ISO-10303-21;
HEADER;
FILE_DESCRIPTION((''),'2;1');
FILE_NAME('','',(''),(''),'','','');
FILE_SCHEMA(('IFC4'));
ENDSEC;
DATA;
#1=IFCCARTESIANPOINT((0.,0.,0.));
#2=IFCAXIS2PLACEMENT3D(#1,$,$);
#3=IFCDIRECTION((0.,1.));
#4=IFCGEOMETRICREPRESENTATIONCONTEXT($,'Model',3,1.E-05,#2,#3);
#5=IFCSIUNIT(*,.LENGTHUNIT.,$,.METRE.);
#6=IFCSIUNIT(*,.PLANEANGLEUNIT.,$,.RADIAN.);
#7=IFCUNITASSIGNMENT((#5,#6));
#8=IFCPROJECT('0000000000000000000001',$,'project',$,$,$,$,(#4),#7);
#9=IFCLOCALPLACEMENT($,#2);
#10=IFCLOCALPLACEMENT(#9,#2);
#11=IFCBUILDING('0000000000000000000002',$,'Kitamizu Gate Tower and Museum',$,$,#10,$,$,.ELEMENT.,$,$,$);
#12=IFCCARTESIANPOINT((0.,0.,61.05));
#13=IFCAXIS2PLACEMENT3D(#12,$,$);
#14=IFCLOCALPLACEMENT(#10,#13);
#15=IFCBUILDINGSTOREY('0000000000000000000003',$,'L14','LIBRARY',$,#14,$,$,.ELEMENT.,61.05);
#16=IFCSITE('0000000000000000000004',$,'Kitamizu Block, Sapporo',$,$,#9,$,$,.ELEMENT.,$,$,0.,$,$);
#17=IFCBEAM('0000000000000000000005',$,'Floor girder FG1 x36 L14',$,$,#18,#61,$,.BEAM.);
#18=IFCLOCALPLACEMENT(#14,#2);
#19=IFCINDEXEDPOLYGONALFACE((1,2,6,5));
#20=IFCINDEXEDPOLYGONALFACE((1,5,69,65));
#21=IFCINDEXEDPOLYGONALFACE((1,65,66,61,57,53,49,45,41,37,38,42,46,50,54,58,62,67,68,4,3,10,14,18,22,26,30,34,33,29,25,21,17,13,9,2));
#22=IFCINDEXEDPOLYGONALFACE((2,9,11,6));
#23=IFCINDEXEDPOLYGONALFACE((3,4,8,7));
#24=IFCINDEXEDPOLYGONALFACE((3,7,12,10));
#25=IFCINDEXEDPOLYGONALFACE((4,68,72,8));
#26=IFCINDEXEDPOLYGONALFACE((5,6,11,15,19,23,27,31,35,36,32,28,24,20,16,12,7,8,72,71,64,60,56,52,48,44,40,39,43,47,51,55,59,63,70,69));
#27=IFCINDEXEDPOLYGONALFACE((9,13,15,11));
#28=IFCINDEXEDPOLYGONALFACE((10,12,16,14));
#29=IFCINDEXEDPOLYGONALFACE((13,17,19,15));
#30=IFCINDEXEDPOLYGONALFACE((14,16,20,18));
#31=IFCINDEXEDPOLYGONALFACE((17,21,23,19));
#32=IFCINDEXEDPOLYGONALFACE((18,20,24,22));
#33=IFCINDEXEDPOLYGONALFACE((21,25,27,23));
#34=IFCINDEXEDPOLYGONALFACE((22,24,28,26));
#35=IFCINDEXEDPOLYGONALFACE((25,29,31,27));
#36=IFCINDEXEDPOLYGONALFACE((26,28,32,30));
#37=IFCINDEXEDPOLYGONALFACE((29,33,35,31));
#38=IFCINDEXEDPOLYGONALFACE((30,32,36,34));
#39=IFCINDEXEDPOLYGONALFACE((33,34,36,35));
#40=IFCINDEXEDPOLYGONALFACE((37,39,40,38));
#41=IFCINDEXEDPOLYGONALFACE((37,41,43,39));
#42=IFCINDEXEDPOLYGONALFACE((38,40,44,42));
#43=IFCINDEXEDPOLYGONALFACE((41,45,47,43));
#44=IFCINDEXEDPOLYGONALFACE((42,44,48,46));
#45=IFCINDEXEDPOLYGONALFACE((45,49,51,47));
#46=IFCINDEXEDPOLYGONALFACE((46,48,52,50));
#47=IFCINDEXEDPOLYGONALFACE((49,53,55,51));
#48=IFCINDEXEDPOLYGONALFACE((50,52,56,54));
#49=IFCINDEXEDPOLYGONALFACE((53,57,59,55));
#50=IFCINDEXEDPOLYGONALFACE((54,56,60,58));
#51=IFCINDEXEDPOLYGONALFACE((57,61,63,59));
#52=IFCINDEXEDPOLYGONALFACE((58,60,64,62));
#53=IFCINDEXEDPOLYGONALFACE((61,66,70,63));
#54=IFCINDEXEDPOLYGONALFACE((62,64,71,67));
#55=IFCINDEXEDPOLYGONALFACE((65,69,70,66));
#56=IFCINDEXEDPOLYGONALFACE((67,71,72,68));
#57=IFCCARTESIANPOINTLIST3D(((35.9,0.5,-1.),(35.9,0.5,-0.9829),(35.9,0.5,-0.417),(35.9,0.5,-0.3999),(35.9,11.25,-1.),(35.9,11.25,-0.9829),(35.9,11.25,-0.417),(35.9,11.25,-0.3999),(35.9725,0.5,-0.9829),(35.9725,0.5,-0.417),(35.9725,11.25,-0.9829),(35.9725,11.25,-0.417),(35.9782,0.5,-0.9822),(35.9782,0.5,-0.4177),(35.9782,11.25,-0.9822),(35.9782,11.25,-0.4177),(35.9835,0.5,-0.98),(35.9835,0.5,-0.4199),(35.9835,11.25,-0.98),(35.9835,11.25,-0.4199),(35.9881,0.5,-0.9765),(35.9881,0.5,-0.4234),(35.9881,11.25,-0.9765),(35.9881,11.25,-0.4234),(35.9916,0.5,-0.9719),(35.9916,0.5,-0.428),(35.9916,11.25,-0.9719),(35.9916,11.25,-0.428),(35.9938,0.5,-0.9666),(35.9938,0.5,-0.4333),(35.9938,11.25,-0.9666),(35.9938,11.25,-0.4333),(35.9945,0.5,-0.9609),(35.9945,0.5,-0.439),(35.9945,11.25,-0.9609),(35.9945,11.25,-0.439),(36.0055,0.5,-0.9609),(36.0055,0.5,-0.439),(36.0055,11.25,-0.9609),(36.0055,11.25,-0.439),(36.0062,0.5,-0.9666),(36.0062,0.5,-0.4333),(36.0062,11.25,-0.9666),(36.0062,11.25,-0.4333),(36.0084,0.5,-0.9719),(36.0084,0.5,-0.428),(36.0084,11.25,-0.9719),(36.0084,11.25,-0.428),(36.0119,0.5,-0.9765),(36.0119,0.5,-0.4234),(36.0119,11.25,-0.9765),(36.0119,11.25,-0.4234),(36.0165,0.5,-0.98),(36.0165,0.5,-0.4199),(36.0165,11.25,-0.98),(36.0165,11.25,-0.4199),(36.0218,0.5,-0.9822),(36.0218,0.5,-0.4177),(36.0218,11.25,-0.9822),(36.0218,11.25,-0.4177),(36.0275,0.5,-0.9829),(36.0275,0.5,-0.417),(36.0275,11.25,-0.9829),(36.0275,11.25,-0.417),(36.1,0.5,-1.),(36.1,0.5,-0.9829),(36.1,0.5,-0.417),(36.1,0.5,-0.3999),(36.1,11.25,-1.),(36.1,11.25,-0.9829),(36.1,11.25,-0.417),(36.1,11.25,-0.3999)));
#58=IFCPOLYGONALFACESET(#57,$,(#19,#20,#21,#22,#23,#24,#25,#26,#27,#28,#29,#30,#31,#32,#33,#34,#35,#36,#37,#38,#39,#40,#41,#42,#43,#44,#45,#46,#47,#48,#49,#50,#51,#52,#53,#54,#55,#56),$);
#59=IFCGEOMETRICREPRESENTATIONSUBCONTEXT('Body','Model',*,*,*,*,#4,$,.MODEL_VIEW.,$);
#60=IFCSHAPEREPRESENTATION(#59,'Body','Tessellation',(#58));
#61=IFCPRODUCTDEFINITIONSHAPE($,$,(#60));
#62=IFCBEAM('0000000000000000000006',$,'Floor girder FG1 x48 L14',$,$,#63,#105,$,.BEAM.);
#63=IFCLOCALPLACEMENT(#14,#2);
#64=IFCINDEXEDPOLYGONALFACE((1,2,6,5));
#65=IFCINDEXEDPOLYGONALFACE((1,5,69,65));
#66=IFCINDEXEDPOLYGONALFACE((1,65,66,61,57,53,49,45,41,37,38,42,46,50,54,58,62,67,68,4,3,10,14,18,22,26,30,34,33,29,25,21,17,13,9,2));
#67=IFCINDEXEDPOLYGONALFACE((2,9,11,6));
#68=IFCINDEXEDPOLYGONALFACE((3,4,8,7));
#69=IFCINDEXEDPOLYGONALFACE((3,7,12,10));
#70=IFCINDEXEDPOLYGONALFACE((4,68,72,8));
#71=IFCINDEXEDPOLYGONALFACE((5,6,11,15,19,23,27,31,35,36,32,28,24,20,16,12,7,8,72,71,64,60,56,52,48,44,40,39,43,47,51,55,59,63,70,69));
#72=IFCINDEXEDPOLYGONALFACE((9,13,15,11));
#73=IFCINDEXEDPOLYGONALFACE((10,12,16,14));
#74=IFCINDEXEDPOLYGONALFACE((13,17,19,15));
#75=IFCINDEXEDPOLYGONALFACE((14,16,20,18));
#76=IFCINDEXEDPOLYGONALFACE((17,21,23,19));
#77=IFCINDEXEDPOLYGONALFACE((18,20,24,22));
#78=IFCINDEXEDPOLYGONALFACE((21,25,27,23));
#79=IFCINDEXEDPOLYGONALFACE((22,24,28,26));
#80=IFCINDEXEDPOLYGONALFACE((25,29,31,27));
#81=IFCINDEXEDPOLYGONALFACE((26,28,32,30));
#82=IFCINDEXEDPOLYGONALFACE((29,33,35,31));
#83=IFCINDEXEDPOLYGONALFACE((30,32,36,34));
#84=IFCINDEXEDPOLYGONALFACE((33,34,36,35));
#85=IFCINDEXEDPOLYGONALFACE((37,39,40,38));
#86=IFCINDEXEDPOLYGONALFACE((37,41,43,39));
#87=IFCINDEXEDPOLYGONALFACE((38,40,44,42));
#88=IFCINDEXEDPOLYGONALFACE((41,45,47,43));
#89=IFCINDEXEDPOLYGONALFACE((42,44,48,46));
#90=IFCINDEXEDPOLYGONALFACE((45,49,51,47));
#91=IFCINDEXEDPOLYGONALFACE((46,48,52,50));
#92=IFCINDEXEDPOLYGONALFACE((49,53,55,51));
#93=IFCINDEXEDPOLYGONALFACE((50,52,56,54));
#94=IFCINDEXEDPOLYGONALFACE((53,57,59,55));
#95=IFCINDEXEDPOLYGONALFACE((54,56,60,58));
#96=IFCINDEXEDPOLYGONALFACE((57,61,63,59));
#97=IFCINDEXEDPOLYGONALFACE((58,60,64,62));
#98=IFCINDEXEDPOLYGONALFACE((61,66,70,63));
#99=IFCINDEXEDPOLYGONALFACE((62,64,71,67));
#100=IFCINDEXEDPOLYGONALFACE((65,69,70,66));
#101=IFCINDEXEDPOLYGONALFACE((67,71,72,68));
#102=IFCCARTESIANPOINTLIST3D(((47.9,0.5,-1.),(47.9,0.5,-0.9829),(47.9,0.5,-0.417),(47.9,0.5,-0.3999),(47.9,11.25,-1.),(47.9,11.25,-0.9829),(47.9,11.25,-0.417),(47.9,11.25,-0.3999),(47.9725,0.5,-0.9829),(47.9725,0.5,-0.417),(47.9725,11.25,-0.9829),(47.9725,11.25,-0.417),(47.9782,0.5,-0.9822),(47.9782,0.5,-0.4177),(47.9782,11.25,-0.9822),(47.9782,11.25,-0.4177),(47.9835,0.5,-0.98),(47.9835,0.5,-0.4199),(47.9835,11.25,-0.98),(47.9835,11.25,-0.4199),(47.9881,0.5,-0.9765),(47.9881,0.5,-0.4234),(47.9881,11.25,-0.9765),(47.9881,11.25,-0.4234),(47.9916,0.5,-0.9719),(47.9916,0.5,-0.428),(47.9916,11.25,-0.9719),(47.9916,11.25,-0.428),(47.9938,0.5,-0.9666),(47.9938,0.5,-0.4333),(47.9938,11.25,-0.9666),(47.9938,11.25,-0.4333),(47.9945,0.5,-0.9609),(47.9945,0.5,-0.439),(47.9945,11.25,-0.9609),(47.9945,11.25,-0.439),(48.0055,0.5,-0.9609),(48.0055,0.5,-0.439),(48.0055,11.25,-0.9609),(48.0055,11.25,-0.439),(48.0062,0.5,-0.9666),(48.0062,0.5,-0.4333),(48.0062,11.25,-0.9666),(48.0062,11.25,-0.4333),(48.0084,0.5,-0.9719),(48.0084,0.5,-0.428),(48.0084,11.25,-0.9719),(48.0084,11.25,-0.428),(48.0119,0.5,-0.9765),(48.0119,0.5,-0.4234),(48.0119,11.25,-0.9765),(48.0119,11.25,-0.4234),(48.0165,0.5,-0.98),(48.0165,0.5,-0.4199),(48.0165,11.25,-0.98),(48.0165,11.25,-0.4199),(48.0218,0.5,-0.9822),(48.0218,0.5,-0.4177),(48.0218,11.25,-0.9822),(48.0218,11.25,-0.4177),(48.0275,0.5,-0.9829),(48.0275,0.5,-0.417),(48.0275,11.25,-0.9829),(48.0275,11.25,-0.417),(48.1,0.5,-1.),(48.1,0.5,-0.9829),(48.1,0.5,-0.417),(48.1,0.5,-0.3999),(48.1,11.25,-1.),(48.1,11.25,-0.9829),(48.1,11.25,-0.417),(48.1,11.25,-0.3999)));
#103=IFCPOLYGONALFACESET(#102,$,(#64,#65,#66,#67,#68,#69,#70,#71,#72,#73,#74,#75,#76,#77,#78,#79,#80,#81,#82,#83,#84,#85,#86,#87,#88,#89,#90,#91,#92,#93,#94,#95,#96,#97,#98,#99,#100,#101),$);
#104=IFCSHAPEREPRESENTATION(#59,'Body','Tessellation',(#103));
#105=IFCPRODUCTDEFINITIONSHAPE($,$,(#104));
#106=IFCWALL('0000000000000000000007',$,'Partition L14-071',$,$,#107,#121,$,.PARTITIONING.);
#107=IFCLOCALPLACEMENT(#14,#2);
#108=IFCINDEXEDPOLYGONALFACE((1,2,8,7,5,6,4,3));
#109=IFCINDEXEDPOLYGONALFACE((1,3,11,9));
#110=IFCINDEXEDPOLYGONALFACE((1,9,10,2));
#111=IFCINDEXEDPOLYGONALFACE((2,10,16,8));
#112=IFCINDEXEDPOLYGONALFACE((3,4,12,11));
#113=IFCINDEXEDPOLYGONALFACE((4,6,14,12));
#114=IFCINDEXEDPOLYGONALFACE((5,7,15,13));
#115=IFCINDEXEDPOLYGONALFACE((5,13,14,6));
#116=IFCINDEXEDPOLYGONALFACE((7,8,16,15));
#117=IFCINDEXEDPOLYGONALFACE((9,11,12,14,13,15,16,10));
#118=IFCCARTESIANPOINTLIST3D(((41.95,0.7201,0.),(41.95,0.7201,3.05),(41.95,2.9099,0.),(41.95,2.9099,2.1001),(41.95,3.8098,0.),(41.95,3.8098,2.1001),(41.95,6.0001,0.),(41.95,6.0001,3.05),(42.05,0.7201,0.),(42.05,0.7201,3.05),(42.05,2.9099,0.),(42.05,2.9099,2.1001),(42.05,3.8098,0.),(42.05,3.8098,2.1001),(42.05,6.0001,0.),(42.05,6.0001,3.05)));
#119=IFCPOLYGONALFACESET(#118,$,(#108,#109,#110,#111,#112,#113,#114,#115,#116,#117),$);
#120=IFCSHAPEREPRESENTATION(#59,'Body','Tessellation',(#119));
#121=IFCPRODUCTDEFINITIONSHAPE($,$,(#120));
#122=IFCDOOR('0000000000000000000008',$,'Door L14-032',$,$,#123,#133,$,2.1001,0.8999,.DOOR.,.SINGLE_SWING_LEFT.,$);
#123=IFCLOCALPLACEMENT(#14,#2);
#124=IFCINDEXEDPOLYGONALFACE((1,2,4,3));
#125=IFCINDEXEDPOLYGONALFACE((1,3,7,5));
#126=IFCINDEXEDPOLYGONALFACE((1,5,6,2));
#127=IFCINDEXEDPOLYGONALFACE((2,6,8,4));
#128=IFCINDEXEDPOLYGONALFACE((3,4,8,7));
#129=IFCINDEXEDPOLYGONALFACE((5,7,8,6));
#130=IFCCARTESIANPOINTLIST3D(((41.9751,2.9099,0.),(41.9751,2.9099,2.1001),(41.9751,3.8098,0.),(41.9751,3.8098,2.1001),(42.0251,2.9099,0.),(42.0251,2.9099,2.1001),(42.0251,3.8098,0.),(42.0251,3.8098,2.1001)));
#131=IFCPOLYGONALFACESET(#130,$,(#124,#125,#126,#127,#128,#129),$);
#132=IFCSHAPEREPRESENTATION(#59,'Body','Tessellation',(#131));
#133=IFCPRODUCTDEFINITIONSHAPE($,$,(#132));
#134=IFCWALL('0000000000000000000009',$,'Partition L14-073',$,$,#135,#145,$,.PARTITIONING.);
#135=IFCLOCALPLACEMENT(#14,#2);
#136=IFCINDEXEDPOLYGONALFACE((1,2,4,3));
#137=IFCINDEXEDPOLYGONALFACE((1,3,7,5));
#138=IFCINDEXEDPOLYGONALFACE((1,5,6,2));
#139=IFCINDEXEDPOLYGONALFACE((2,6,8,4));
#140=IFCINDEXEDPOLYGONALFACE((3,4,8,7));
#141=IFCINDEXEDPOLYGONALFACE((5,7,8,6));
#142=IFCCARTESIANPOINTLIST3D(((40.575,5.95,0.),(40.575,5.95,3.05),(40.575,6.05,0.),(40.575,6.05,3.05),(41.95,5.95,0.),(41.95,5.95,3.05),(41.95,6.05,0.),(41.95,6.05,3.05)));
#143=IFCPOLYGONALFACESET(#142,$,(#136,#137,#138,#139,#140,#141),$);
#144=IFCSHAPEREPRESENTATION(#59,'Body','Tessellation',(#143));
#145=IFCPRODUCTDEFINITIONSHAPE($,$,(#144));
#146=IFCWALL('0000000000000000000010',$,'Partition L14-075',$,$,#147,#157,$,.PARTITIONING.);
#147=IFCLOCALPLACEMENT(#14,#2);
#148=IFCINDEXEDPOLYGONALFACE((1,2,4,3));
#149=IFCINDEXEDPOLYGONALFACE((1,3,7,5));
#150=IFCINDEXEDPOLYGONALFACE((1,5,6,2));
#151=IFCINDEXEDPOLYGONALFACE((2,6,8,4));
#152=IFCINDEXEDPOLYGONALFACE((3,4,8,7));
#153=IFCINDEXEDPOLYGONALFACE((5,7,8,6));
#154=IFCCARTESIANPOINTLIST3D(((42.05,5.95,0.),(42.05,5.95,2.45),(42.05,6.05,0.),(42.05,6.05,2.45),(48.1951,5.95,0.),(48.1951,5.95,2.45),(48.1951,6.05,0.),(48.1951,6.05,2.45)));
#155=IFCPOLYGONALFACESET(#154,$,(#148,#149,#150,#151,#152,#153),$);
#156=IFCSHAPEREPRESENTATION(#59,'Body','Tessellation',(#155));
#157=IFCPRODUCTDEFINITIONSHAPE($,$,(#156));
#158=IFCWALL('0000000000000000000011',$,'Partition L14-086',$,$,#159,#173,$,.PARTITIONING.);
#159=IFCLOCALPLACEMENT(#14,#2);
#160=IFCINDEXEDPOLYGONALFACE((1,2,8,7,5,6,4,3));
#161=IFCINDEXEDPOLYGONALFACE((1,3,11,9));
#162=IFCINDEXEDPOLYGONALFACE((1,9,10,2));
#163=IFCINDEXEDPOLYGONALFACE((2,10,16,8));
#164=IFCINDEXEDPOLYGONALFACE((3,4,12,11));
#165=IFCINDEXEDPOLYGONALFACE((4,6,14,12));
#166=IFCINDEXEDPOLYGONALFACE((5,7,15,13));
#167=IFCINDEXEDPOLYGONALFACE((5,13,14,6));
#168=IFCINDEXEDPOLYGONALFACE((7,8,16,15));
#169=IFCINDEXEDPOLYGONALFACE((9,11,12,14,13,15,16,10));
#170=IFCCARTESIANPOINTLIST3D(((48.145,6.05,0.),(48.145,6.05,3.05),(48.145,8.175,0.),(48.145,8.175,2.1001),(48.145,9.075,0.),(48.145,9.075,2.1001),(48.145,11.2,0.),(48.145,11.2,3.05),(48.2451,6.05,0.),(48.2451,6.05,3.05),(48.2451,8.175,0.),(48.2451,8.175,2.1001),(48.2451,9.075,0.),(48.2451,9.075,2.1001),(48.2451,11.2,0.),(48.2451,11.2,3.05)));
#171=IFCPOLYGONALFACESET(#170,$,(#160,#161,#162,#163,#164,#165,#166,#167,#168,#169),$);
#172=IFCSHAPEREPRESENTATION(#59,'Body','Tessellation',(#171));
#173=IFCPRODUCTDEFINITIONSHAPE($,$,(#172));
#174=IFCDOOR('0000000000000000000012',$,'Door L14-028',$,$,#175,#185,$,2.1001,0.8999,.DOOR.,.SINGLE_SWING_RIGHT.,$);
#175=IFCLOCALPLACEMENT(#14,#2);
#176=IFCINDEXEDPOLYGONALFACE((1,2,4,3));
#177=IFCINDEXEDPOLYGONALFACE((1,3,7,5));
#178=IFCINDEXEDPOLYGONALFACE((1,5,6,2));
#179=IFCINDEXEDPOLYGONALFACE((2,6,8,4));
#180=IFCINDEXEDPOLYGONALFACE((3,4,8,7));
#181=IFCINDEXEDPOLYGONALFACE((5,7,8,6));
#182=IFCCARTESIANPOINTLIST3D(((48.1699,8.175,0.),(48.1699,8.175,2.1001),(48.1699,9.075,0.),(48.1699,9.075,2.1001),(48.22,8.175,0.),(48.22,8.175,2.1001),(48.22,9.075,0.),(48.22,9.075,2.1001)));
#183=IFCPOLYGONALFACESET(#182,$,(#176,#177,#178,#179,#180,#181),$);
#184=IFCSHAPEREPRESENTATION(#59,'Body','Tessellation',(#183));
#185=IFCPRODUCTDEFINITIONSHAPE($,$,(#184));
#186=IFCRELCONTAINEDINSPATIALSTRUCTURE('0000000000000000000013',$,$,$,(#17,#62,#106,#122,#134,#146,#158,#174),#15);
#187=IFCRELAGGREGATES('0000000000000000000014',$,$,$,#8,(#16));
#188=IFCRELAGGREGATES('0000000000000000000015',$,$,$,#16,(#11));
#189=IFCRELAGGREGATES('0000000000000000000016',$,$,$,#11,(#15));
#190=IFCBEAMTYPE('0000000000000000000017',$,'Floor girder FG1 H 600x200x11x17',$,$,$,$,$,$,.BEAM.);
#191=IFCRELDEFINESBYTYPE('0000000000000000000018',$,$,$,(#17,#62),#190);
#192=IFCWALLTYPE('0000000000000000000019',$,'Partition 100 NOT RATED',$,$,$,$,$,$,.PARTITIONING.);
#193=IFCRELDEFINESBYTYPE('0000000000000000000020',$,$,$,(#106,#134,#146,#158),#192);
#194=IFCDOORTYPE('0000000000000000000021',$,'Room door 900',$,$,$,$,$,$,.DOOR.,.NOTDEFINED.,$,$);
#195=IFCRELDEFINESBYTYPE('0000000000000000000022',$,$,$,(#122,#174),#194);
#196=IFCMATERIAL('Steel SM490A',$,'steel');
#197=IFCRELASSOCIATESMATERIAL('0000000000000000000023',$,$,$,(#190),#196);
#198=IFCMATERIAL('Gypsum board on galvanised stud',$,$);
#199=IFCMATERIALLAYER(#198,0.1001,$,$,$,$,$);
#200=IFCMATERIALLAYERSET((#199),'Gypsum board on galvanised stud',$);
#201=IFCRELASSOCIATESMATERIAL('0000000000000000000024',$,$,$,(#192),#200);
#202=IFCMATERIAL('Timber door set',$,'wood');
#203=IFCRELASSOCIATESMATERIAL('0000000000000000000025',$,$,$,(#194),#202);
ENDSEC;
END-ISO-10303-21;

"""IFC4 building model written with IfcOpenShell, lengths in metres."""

from ifc_helpers import new_model, si_unit, direction, frame, frame_2d, origin, origin_2d, place, context, subcontext, project, spatial, rectangle, i_section, extrude, material, layer, layer_set, material_profile, profile_set, type_object, element, fill, save


model = new_model("IFC4")

# Units and contexts
model_context = context("Model", 3, precision=1e-05, world=origin(), true_north=direction((0.0, 1.0)))
body_context = subcontext(model_context, "Body", "Model", "MODEL_VIEW")
ifc_project = project(units=[si_unit("LENGTHUNIT", "METRE"), si_unit("PLANEANGLEUNIT", "RADIAN")], contexts=[model_context])

# Site, building, storey
site_placement = place(None, origin())
site = spatial("IfcSite", under=ifc_project, at=site_placement, Name="Kitamizu Block, Sapporo", CompositionType="ELEMENT", RefElevation=0.0)
building_placement = place(site_placement, origin())
building = spatial("IfcBuilding", under=site, at=building_placement, Name="Kitamizu Gate Tower and Museum", CompositionType="ELEMENT")
storey_placement = place(building_placement, frame((0.0, 0.0, 61.05)))
storey = spatial("IfcBuildingStorey", under=building, at=storey_placement, Name="L14", Description="LIBRARY", CompositionType="ELEMENT", Elevation=61.05)

# Beams
ifc_material_1 = material(Name="Steel SM490A", Category="steel")
ifc_material_profile_1 = material_profile(ifc_material_1, i_section(OverallWidth=0.2, OverallDepth=0.6001, WebThickness=0.011, FlangeThickness=0.0171, FilletRadius=0.022, at=origin_2d()), Name="H-600x200x11x17")
ifc_profile_set_1 = profile_set([ifc_material_profile_1], Name="Steel SM490A")
beam_type_1 = type_object("IfcBeamType", Name="Floor girder FG1 H 600x200x11x17", PredefinedType="BEAM", material=ifc_profile_set_1)
for number, where, z_axis, x_axis, name in (
    (1, (36.0, 0.5, -0.7), (0.0, 1.0, 0.0), (-1.0, 0.0, 0.0), "Floor girder FG1 x36 L14"),
    (2, (48.0, 0.5, -0.7), (0.0, 1.0, 0.0), (-1.0, 0.0, 0.0), "Floor girder FG1 x48 L14"),
):
    element("IfcBeam", number, at=place(storey_placement, frame(where, z_axis=z_axis, x_axis=x_axis)), inside=storey, type_object=beam_type_1, Name=name, PredefinedType="BEAM", context=body_context, shape_type="SweptSolid", body=[
        extrude(i_section(OverallWidth=0.2, OverallDepth=0.6001, WebThickness=0.011, FlangeThickness=0.0171, FilletRadius=0.022, at=origin_2d()), origin(), (0.0, 0.0, 1.0), 10.75),
    ])

# Wall, opening, door
ifc_material_2 = material(Name="Gypsum board on galvanised stud")
ifc_layer_1 = layer(ifc_material_2, 0.1001)
ifc_layer_set_1 = layer_set([ifc_layer_1], Name="Gypsum board on galvanised stud")
wall_type_1 = type_object("IfcWallType", Name="Partition 100 NOT RATED", PredefinedType="PARTITIONING", material=ifc_layer_set_1)
wall_1_placement = place(storey_placement, frame((42.0, 0.72, 0.0), z_axis=(0.0, 0.0, 1.0), x_axis=(0.0, 1.0, 0.0)))
wall_1 = element("IfcWall", 3, at=wall_1_placement, inside=storey, type_object=wall_type_1, Name="Partition L14-071", PredefinedType="PARTITIONING", context=body_context, shape_type="SweptSolid", body=[
    extrude(rectangle(XDim=5.28, YDim=0.1001, at=frame_2d((2.6401, 0.0))), origin(), (0.0, 0.0, 1.0), 3.05),
])
opening_1_placement = place(wall_1_placement, frame((2.1899, 0.0, 0.0)))
opening_1 = element("IfcOpeningElement", 4, at=opening_1_placement, cuts=wall_1, PredefinedType="OPENING", context=body_context, shape_type="SweptSolid", body=[
    extrude(rectangle(XDim=0.8999, YDim=2.1001, at=frame_2d((0.45, 1.05))), frame((0.0, 0.0601, 0.0), z_axis=(0.0, -1.0, 0.0), x_axis=(1.0, 0.0, 0.0)), (0.0, 0.0, 1.0), 0.1201),
])
ifc_material_3 = material(Name="Timber door set", Category="wood")
door_type_1 = type_object("IfcDoorType", Name="Room door 900", OperationType="NOTDEFINED", PredefinedType="DOOR", material=ifc_material_3)
door_1_placement = place(opening_1_placement, origin())
door_1 = element("IfcDoor", 5, at=door_1_placement, inside=storey, type_object=door_type_1, Name="Door L14-032", OperationType="SINGLE_SWING_LEFT", OverallHeight=2.1001, OverallWidth=0.8999, PredefinedType="DOOR", context=body_context, shape_type="SweptSolid", body=[
    extrude(rectangle(XDim=0.8999, YDim=2.1001, at=frame_2d((0.45, 1.05))), frame((0.0, 0.0249, 0.0), z_axis=(0.0, -1.0, 0.0), x_axis=(1.0, 0.0, 0.0)), (0.0, 0.0, 1.0), 0.05),
])
fill(opening_1, door_1)

# Walls
wall_2_placement = place(storey_placement, frame((41.95, 6.0, 0.0), z_axis=(0.0, 0.0, 1.0), x_axis=(-1.0, 0.0, 0.0)))
element("IfcWall", 6, at=wall_2_placement, inside=storey, type_object=wall_type_1, Name="Partition L14-073", PredefinedType="PARTITIONING", context=body_context, shape_type="SweptSolid", body=[
    extrude(rectangle(XDim=1.375, YDim=0.1001, at=frame_2d((0.6875, 0.0))), origin(), (0.0, 0.0, 1.0), 3.05),
])
wall_3_placement = place(storey_placement, frame((48.1951, 6.0, 0.0), z_axis=(0.0, 0.0, 1.0), x_axis=(-1.0, 0.0, 0.0)))
element("IfcWall", 7, at=wall_3_placement, inside=storey, type_object=wall_type_1, Name="Partition L14-075", PredefinedType="PARTITIONING", context=body_context, shape_type="SweptSolid", body=[
    extrude(rectangle(XDim=6.145, YDim=0.1001, at=frame_2d((3.0725, 0.0))), origin(), (0.0, 0.0, 1.0), 2.45),
])

# Wall, opening, door
wall_4_placement = place(storey_placement, frame((48.1951, 6.05, 0.0), z_axis=(0.0, 0.0, 1.0), x_axis=(0.0, 1.0, 0.0)))
wall_4 = element("IfcWall", 8, at=wall_4_placement, inside=storey, type_object=wall_type_1, Name="Partition L14-086", PredefinedType="PARTITIONING", context=body_context, shape_type="SweptSolid", body=[
    extrude(rectangle(XDim=5.1499, YDim=0.1001, at=frame_2d((2.575, 0.0))), origin(), (0.0, 0.0, 1.0), 3.05),
])
opening_2_placement = place(wall_4_placement, frame((2.125, 0.0, 0.0)))
opening_2 = element("IfcOpeningElement", 9, at=opening_2_placement, cuts=wall_4, PredefinedType="OPENING", context=body_context, shape_type="SweptSolid", body=[
    extrude(rectangle(XDim=0.8999, YDim=2.1001, at=frame_2d((0.45, 1.05))), frame((0.0, 0.0601, 0.0), z_axis=(0.0, -1.0, 0.0), x_axis=(1.0, 0.0, 0.0)), (0.0, 0.0, 1.0), 0.1201),
])
door_2_placement = place(opening_2_placement, frame((0.8999, 0.0, 0.0), x_axis=(-1.0, 0.0, 0.0)))
door_2 = element("IfcDoor", 10, at=door_2_placement, inside=storey, type_object=door_type_1, Name="Door L14-028", OperationType="SINGLE_SWING_RIGHT", OverallHeight=2.1001, OverallWidth=0.8999, PredefinedType="DOOR", context=body_context, shape_type="SweptSolid", body=[
    extrude(rectangle(XDim=0.8999, YDim=2.1001, at=frame_2d((0.45, 1.05))), frame((0.0, 0.0249, 0.0), z_axis=(0.0, -1.0, 0.0), x_axis=(1.0, 0.0, 0.0)), (0.0, 0.0, 1.0), 0.05),
])
fill(opening_2, door_2)

save(model, "model.ifc")
